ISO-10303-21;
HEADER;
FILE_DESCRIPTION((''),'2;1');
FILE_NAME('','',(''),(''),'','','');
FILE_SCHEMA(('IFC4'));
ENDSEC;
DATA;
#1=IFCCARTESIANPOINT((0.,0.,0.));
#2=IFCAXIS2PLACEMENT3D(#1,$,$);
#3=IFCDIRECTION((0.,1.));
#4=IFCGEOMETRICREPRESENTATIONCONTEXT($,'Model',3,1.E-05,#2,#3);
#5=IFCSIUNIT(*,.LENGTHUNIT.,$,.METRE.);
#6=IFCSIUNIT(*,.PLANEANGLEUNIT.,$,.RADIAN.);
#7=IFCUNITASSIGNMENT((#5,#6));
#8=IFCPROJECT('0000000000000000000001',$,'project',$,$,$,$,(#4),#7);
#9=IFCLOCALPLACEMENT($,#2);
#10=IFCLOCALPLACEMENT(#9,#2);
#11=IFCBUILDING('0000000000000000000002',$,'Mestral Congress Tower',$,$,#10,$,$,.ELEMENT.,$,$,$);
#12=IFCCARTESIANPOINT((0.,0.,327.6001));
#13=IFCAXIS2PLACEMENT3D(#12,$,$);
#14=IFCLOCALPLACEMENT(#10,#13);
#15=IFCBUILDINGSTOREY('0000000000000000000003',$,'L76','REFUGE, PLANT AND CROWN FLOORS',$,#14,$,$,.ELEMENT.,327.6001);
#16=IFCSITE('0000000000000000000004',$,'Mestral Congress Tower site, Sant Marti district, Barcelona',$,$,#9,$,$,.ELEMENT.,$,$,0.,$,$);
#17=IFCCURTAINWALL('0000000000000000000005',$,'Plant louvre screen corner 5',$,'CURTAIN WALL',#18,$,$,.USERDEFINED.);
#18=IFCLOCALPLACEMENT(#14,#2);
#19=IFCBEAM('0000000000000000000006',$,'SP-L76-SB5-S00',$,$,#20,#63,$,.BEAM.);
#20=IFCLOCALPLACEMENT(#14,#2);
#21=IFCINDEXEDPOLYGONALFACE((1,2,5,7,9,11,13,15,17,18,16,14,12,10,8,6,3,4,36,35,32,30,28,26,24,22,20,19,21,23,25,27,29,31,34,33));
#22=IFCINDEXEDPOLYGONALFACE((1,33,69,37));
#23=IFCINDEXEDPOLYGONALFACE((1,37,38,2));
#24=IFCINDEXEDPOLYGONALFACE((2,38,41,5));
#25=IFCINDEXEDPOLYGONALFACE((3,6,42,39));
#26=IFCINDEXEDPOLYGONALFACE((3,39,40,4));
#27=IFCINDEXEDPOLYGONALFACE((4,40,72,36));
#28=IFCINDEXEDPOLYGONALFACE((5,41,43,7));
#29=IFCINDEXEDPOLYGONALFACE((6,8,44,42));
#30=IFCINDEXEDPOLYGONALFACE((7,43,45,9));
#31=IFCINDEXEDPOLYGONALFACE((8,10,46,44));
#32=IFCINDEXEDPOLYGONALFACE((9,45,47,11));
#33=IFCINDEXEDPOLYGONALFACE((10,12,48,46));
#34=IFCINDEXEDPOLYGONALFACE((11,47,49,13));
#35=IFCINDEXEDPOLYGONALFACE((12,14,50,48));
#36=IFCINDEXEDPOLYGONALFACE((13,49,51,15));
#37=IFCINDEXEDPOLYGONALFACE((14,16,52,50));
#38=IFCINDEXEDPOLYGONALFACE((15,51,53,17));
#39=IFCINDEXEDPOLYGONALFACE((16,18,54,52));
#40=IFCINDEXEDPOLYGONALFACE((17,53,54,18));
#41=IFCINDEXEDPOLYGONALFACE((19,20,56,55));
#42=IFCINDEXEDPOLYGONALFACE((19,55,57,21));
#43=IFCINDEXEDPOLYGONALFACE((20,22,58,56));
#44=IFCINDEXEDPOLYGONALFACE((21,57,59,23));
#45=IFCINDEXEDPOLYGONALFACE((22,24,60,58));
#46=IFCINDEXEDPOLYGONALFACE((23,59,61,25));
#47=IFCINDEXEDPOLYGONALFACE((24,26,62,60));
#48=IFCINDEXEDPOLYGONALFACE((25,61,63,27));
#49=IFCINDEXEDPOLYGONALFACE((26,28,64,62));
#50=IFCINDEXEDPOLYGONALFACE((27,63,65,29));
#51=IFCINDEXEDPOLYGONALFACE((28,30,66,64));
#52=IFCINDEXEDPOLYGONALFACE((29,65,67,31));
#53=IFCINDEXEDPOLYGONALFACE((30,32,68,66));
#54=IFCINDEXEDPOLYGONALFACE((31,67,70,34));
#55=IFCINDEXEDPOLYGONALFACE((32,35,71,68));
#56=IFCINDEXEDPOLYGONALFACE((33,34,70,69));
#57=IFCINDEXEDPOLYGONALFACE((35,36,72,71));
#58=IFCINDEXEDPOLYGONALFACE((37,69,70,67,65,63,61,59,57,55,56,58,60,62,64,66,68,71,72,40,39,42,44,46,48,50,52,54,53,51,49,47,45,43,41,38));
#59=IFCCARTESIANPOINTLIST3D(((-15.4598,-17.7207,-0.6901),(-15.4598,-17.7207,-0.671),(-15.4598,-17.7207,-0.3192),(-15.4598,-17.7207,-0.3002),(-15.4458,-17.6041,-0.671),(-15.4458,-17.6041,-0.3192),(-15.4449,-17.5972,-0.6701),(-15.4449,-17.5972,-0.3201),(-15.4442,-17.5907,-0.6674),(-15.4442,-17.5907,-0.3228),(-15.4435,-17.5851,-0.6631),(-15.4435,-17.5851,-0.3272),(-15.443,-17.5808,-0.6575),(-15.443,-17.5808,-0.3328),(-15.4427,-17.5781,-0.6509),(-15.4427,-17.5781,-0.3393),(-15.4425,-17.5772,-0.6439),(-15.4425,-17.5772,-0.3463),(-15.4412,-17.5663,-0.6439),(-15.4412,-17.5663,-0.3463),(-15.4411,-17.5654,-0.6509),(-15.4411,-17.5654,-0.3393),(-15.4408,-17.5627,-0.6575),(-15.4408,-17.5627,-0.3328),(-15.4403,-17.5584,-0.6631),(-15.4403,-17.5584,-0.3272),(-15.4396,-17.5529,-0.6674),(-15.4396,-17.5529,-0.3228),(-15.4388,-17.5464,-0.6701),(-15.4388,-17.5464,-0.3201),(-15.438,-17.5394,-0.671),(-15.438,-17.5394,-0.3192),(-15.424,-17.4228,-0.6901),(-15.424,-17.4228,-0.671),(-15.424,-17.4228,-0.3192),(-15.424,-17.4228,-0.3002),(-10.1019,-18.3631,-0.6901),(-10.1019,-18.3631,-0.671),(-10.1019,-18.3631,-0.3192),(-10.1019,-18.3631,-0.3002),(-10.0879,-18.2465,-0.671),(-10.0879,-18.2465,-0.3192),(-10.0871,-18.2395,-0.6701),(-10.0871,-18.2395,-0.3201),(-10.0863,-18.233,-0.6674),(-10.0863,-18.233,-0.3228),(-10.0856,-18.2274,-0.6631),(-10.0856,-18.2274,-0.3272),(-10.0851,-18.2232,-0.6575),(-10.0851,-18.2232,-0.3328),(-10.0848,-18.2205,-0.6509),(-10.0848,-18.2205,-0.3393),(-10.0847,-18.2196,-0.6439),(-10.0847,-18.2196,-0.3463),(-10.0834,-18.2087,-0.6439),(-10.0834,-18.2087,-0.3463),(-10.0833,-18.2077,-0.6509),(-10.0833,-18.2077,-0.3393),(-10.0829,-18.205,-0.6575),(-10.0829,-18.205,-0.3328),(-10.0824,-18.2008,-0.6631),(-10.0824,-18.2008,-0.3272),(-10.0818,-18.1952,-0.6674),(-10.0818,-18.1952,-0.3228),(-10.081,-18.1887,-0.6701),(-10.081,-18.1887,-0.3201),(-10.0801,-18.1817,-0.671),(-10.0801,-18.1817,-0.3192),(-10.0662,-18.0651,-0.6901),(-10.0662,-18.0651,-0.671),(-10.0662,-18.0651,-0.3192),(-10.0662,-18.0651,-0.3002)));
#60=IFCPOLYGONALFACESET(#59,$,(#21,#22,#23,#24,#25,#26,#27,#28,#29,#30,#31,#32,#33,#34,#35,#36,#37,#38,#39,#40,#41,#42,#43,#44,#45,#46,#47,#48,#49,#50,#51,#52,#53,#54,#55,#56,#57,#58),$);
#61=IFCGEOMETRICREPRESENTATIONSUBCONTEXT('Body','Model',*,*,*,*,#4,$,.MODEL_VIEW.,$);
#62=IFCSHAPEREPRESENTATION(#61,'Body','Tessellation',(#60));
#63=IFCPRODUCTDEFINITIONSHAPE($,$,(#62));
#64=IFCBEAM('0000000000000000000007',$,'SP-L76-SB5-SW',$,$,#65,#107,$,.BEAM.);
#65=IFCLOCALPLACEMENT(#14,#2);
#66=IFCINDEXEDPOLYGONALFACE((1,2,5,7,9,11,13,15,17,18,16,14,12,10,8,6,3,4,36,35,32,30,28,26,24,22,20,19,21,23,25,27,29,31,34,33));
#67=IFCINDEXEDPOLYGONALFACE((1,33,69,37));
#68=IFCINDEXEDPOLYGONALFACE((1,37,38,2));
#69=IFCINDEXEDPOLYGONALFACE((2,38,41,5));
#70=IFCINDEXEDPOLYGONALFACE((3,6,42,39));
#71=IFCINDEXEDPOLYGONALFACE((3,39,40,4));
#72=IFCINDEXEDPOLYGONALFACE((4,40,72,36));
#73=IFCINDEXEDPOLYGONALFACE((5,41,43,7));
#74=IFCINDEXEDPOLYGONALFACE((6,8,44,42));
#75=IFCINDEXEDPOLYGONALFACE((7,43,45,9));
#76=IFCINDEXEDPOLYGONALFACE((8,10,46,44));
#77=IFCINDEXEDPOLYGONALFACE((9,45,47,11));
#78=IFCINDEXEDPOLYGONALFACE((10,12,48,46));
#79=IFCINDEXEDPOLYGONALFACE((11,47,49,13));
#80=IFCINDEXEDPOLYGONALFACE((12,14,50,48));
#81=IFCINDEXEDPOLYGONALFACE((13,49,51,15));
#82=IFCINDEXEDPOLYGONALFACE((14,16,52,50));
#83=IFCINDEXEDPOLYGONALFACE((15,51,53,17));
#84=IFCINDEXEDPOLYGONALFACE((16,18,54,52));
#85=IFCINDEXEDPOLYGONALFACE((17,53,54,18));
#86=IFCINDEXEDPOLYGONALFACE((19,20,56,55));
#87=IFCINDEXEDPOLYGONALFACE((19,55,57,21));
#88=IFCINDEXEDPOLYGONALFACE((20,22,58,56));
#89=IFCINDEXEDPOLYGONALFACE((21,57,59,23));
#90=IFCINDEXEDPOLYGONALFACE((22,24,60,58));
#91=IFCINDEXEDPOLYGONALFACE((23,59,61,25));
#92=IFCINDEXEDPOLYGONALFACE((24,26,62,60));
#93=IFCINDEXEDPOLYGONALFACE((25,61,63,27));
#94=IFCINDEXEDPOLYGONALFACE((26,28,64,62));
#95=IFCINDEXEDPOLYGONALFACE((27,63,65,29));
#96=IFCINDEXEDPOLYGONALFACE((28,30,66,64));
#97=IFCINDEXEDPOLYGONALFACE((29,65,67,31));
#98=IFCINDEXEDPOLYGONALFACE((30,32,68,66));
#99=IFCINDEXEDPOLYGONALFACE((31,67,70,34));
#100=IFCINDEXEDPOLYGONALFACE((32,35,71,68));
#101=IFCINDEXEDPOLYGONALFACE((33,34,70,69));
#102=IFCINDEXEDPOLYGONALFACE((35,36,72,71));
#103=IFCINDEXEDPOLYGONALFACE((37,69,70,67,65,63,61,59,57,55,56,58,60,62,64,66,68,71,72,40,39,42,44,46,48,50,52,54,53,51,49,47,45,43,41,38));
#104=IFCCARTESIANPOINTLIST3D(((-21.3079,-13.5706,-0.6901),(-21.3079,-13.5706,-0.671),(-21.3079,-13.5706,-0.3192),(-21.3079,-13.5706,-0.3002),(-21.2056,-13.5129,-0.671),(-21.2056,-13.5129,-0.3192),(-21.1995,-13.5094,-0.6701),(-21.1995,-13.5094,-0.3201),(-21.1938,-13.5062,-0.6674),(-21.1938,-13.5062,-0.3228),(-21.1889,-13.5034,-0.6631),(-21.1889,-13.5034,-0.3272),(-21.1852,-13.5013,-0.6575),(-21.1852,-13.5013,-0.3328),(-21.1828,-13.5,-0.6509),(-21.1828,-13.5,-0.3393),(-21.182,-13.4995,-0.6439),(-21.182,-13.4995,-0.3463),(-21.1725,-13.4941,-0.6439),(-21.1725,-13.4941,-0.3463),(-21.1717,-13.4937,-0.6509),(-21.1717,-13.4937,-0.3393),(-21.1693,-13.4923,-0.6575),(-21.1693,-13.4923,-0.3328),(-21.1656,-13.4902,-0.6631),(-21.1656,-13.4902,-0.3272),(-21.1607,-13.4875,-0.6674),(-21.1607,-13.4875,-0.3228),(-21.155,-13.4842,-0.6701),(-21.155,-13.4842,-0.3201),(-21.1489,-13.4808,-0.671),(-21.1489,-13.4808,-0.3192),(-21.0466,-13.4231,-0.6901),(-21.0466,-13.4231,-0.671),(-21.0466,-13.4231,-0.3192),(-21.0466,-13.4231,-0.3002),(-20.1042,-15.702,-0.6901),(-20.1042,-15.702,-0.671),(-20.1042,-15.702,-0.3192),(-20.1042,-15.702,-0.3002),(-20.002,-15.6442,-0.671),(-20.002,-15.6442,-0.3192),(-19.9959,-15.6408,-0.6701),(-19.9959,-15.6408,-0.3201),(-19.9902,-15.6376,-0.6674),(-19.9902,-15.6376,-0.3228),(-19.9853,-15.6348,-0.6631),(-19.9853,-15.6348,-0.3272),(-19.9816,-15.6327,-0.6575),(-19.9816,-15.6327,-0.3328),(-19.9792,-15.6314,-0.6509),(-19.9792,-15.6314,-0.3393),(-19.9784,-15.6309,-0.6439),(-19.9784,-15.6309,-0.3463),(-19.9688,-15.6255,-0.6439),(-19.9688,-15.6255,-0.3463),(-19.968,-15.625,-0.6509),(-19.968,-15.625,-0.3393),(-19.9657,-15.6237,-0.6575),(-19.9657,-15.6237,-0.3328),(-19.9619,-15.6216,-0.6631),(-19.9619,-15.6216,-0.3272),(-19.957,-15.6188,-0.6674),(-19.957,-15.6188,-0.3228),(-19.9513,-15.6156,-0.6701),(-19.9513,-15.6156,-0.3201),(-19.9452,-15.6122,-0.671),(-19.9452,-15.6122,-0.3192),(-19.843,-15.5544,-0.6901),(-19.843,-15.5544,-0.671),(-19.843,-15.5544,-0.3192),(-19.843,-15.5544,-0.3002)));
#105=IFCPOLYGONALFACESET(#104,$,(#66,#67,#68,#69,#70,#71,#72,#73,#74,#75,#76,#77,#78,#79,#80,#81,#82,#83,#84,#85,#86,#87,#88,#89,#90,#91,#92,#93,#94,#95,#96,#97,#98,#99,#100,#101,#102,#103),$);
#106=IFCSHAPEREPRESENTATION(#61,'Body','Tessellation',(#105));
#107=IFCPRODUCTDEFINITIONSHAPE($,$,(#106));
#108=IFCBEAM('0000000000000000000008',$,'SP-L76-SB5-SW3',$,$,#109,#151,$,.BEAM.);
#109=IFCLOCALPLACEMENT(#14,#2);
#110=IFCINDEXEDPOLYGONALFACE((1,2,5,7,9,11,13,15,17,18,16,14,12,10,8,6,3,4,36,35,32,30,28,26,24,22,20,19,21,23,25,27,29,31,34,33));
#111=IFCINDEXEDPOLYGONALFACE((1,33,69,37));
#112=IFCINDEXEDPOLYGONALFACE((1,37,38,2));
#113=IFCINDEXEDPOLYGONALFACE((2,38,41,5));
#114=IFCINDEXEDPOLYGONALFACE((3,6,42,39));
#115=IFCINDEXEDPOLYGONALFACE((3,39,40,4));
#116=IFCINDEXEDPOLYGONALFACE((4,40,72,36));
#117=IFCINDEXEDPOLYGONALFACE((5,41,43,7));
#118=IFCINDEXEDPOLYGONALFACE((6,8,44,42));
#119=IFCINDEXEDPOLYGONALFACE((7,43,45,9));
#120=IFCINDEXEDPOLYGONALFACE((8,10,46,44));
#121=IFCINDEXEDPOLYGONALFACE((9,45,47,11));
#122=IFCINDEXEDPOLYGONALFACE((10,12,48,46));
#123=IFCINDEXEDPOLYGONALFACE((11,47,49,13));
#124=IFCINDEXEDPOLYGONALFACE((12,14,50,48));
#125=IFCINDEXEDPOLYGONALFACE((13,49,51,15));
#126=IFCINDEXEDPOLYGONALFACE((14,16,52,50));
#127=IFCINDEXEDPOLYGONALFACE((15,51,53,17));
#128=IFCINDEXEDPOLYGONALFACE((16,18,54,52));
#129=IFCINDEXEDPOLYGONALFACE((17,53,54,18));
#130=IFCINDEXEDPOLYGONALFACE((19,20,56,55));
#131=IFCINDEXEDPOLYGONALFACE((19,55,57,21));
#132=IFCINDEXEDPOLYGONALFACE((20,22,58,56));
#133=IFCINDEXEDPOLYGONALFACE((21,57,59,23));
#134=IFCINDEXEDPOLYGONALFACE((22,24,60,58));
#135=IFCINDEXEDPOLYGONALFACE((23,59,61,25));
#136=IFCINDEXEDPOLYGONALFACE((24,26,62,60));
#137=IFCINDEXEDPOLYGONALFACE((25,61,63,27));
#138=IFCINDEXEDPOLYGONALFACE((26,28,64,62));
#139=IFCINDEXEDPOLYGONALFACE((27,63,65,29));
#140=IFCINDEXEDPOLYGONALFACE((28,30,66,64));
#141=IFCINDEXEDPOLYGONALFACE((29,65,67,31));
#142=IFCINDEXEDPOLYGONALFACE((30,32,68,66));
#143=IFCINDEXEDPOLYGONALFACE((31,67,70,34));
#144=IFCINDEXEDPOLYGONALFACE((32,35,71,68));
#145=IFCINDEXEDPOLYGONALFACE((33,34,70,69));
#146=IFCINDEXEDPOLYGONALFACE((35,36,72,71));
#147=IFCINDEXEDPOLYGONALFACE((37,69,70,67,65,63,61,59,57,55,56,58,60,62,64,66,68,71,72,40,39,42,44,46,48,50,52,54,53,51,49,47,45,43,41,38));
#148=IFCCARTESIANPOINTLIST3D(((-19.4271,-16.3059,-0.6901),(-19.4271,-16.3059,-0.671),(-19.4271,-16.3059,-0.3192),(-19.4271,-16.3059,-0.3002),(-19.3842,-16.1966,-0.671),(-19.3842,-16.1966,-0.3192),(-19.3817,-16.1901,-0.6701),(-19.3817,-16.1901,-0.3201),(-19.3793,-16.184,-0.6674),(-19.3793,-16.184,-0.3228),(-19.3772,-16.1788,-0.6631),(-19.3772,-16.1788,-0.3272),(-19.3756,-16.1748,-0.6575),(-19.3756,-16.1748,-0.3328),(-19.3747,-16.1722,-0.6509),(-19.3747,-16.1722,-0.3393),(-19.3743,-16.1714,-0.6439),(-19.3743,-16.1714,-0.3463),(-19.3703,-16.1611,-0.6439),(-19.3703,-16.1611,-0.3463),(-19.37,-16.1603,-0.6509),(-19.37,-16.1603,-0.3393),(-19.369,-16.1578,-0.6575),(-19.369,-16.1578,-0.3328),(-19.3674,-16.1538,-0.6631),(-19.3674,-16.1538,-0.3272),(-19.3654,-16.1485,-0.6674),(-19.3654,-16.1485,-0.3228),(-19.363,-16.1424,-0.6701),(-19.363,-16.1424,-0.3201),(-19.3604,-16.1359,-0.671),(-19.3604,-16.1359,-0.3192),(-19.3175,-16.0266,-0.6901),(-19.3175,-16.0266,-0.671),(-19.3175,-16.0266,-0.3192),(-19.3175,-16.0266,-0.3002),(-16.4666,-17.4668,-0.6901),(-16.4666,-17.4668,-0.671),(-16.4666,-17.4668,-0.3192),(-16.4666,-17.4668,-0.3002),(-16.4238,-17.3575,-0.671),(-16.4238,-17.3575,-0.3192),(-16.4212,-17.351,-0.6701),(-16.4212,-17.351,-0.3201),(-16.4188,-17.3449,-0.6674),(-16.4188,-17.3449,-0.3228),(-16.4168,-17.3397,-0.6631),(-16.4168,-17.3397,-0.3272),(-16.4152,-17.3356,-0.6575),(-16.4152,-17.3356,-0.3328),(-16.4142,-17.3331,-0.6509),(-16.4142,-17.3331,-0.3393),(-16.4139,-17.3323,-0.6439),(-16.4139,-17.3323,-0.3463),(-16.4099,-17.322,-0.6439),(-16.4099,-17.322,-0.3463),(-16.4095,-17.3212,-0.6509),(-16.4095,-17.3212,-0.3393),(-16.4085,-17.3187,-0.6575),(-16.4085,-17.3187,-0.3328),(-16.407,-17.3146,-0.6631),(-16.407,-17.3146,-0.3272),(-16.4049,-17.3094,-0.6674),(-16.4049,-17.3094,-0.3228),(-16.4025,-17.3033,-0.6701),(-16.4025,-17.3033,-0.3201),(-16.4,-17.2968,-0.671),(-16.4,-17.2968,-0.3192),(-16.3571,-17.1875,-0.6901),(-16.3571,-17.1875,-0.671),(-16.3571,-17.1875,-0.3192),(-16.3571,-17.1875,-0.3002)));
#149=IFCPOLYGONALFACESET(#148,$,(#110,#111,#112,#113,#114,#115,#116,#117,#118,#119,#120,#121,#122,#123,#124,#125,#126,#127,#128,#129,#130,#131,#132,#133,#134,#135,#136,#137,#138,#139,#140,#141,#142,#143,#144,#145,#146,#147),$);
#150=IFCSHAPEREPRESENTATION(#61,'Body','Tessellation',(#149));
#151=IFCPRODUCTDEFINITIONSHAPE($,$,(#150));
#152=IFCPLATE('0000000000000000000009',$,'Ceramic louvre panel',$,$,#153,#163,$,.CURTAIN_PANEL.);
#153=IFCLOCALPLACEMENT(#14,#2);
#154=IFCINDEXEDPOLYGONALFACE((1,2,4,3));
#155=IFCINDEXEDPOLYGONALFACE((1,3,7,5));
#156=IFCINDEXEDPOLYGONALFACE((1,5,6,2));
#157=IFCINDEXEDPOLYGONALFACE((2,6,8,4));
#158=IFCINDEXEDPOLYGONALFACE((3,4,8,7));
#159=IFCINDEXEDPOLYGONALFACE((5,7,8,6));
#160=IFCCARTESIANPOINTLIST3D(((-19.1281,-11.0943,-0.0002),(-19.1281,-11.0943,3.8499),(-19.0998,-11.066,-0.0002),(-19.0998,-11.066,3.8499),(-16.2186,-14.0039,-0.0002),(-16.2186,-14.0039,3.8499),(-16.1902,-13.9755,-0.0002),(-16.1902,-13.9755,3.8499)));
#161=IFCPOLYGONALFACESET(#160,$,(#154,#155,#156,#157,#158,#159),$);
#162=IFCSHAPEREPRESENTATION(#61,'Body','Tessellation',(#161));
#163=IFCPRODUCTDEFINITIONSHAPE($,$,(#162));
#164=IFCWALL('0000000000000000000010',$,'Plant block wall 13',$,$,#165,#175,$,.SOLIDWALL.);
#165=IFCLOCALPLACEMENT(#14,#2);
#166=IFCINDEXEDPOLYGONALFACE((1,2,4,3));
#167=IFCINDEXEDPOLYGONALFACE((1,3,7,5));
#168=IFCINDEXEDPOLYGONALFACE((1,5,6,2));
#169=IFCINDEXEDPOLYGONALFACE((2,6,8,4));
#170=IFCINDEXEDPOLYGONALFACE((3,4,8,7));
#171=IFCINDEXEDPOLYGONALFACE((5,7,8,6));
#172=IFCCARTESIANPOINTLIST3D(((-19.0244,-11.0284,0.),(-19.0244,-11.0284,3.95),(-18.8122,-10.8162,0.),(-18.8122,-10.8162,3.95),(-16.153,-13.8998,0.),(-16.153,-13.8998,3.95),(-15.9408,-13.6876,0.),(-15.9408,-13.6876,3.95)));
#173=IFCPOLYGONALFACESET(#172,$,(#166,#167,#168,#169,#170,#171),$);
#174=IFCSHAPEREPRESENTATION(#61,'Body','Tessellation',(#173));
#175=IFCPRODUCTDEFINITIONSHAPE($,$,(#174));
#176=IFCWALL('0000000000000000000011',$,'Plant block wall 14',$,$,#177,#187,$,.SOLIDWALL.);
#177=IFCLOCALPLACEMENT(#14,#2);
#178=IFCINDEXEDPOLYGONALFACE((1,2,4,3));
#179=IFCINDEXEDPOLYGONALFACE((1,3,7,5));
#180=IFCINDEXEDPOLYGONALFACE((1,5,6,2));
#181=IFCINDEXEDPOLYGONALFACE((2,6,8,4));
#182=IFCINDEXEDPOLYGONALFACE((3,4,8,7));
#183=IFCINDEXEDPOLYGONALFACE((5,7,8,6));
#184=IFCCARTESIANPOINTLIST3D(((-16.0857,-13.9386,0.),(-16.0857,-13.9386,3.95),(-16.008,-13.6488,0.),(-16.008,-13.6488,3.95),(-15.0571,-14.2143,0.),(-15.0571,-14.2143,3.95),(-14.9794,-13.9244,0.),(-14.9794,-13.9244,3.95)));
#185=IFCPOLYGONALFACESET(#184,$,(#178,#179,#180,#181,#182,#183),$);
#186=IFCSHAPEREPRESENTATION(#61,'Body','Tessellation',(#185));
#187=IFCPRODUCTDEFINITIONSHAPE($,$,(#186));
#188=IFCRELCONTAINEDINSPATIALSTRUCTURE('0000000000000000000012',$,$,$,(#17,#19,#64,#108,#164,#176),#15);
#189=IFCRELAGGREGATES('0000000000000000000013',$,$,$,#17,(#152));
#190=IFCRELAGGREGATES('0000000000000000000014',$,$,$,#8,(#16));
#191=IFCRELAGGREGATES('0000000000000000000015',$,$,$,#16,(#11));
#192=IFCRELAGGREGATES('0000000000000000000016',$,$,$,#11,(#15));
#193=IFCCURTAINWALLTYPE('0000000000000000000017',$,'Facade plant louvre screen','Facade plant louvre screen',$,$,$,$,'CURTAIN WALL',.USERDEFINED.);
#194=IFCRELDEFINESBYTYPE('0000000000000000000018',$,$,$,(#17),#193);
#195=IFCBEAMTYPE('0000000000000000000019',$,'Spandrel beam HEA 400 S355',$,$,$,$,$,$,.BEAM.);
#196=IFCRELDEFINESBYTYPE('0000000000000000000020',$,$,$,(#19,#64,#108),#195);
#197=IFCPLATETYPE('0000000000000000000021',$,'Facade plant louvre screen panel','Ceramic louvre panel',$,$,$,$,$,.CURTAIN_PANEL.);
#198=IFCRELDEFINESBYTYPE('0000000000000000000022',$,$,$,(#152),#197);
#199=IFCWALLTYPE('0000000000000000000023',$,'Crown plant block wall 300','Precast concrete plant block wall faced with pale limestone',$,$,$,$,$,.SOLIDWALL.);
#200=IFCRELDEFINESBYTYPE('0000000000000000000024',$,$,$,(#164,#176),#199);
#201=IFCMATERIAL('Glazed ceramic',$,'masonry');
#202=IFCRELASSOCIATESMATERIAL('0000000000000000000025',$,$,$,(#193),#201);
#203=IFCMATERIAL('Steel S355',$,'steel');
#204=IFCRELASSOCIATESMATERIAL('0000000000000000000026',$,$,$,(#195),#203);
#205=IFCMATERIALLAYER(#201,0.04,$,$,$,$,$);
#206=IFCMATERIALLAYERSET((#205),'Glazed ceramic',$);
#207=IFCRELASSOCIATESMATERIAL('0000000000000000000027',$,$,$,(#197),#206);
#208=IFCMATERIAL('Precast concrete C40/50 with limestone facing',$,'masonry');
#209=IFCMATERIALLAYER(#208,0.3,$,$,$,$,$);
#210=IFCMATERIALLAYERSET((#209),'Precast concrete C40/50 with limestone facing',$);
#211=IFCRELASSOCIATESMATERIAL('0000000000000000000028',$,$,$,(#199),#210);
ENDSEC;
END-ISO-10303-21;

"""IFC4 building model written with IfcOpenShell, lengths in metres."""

from ifc_helpers import new_model, si_unit, direction, frame, frame_2d, origin, origin_2d, place, context, subcontext, project, spatial, rectangle, i_section, extrude, material, layer, layer_set, material_profile, profile_set, type_object, element, aggregate, save


model = new_model("IFC4")

# Units and contexts
model_context = context("Model", 3, precision=1e-05, world=origin(), true_north=direction((0.0, 1.0)))
body_context = subcontext(model_context, "Body", "Model", "MODEL_VIEW")
ifc_project = project(units=[si_unit("LENGTHUNIT", "METRE"), si_unit("PLANEANGLEUNIT", "RADIAN")], contexts=[model_context])

# Site, building, storey
site_placement = place(None, origin())
site = spatial("IfcSite", under=ifc_project, at=site_placement, Name="Mestral Congress Tower site, Sant Marti district, Barcelona", CompositionType="ELEMENT", RefElevation=0.0)
building_placement = place(site_placement, origin())
building = spatial("IfcBuilding", under=site, at=building_placement, Name="Mestral Congress Tower", CompositionType="ELEMENT")
storey_placement = place(building_placement, frame((0.0, 0.0, 327.6001)))
storey = spatial("IfcBuildingStorey", under=building, at=storey_placement, Name="L76", Description="REFUGE, PLANT AND CROWN FLOORS", CompositionType="ELEMENT", Elevation=327.6001)

# Shared definitions
ifc_material_1 = material(Name="Steel S355", Category="steel")

# Curtain wall
ifc_material_2 = material(Name="Glazed ceramic", Category="masonry")
curtain_wall_type = type_object("IfcCurtainWallType", Name="Facade plant louvre screen", Description="Facade plant louvre screen", ElementType="CURTAIN WALL", PredefinedType="USERDEFINED", material=ifc_material_2)
curtain_wall_placement = place(storey_placement, origin())
curtain_wall = element("IfcCurtainWall", 1, at=curtain_wall_placement, inside=storey, type_object=curtain_wall_type, Name="Plant louvre screen corner 5", ObjectType="CURTAIN WALL", PredefinedType="USERDEFINED")

# Beams
ifc_material_profile_1 = material_profile(ifc_material_1, i_section(OverallWidth=0.3, OverallDepth=0.3899, WebThickness=0.011, FlangeThickness=0.019, FilletRadius=0.0271, at=origin_2d()), Name="HEA 400")
ifc_profile_set_1 = profile_set([ifc_material_profile_1], Name="Steel S355")
beam_type_1 = type_object("IfcBeamType", Name="Spandrel beam HEA 400 S355", PredefinedType="BEAM", material=ifc_profile_set_1)
beam_1_placement = place(storey_placement, frame((-15.4419, -17.5718, -0.4951), z_axis=(0.99289, -0.119033, 0.0), x_axis=(0.119033, 0.99289, 0.0)))
element("IfcBeam", 2, at=beam_1_placement, inside=storey, type_object=beam_type_1, Name="SP-L76-SB5-S00", PredefinedType="BEAM", context=body_context, shape_type="SweptSolid", body=[
    extrude(i_section(OverallWidth=0.3, OverallDepth=0.3899, WebThickness=0.011, FlangeThickness=0.019, FilletRadius=0.0271, at=origin_2d()), origin(), (0.0, 0.0, 1.0), 5.3962),
])
beam_2_placement = place(storey_placement, frame((-21.1772, -13.4968, -0.4951), z_axis=(0.491729, -0.870749, 0.0), x_axis=(0.870749, 0.491729, 0.0)))
element("IfcBeam", 3, at=beam_2_placement, inside=storey, type_object=beam_type_1, Name="SP-L76-SB5-SW", PredefinedType="BEAM", context=body_context, shape_type="SweptSolid", body=[
    extrude(i_section(OverallWidth=0.3, OverallDepth=0.3899, WebThickness=0.011, FlangeThickness=0.019, FilletRadius=0.0271, at=origin_2d()), origin(), (0.0, 0.0, 1.0), 2.4478),
])
beam_3_placement = place(storey_placement, frame((-19.3723, -16.1663, -0.4951), z_axis=(0.930981, -0.365068, 0.0), x_axis=(0.365068, 0.930981, 0.0)))
element("IfcBeam", 4, at=beam_3_placement, inside=storey, type_object=beam_type_1, Name="SP-L76-SB5-SW3", PredefinedType="BEAM", context=body_context, shape_type="SweptSolid", body=[
    extrude(i_section(OverallWidth=0.3, OverallDepth=0.3899, WebThickness=0.011, FlangeThickness=0.019, FilletRadius=0.0271, at=origin_2d()), origin(), (0.0, 0.0, 1.0), 3.1799),
])

# Plate
ifc_layer_1 = layer(ifc_material_2, 0.04)
ifc_layer_set_1 = layer_set([ifc_layer_1], Name="Glazed ceramic")
plate_type = type_object("IfcPlateType", Name="Facade plant louvre screen panel", Description="Ceramic louvre panel", PredefinedType="CURTAIN_PANEL", material=ifc_layer_set_1)
plate_placement = place(storey_placement, frame((-17.6592, -12.5349, -0.0002), z_axis=(0.0, 0.0, 1.0), x_axis=(0.707107, -0.707107, 0.0)))
plate = element("IfcPlate", 5, at=plate_placement, type_object=plate_type, Name="Ceramic louvre panel", PredefinedType="CURTAIN_PANEL", context=body_context, shape_type="SweptSolid", body=[
    extrude(rectangle(XDim=4.1147, YDim=0.04, at=origin_2d()), origin(), (0.0, 0.0, 1.0), 3.8501),
])
aggregate(curtain_wall, [plate])

# Walls
ifc_material_3 = material(Name="Precast concrete C40/50 with limestone facing", Category="masonry")
ifc_layer_2 = layer(ifc_material_3, 0.3)
ifc_layer_set_2 = layer_set([ifc_layer_2], Name="Precast concrete C40/50 with limestone facing")
wall_type_1 = type_object("IfcWallType", Name="Crown plant block wall 300", Description="Precast concrete plant block wall faced with pale limestone", PredefinedType="SOLIDWALL", material=ifc_layer_set_2)
wall_1_placement = place(storey_placement, frame((-18.9182, -10.9224, 0.0), z_axis=(0.0, 0.0, 1.0), x_axis=(0.707107, -0.707107, 0.0)))
element("IfcWall", 6, at=wall_1_placement, inside=storey, type_object=wall_type_1, Name="Plant block wall 13", PredefinedType="SOLIDWALL", context=body_context, shape_type="SweptSolid", body=[
    extrude(rectangle(XDim=4.0608, YDim=0.3, at=frame_2d((2.0303, 0.0))), origin(), (0.0, 0.0, 1.0), 3.95),
])
wall_2_placement = place(storey_placement, frame((-16.0469, -13.7937, 0.0), z_axis=(0.0, 0.0, 1.0), x_axis=(0.965918, -0.258847, 0.0)))
element("IfcWall", 7, at=wall_2_placement, inside=storey, type_object=wall_type_1, Name="Plant block wall 14", PredefinedType="SOLIDWALL", context=body_context, shape_type="SweptSolid", body=[
    extrude(rectangle(XDim=1.0649, YDim=0.3, at=frame_2d((0.5325, 0.0))), origin(), (0.0, 0.0, 1.0), 3.95),
])

save(model, "model.ifc")
